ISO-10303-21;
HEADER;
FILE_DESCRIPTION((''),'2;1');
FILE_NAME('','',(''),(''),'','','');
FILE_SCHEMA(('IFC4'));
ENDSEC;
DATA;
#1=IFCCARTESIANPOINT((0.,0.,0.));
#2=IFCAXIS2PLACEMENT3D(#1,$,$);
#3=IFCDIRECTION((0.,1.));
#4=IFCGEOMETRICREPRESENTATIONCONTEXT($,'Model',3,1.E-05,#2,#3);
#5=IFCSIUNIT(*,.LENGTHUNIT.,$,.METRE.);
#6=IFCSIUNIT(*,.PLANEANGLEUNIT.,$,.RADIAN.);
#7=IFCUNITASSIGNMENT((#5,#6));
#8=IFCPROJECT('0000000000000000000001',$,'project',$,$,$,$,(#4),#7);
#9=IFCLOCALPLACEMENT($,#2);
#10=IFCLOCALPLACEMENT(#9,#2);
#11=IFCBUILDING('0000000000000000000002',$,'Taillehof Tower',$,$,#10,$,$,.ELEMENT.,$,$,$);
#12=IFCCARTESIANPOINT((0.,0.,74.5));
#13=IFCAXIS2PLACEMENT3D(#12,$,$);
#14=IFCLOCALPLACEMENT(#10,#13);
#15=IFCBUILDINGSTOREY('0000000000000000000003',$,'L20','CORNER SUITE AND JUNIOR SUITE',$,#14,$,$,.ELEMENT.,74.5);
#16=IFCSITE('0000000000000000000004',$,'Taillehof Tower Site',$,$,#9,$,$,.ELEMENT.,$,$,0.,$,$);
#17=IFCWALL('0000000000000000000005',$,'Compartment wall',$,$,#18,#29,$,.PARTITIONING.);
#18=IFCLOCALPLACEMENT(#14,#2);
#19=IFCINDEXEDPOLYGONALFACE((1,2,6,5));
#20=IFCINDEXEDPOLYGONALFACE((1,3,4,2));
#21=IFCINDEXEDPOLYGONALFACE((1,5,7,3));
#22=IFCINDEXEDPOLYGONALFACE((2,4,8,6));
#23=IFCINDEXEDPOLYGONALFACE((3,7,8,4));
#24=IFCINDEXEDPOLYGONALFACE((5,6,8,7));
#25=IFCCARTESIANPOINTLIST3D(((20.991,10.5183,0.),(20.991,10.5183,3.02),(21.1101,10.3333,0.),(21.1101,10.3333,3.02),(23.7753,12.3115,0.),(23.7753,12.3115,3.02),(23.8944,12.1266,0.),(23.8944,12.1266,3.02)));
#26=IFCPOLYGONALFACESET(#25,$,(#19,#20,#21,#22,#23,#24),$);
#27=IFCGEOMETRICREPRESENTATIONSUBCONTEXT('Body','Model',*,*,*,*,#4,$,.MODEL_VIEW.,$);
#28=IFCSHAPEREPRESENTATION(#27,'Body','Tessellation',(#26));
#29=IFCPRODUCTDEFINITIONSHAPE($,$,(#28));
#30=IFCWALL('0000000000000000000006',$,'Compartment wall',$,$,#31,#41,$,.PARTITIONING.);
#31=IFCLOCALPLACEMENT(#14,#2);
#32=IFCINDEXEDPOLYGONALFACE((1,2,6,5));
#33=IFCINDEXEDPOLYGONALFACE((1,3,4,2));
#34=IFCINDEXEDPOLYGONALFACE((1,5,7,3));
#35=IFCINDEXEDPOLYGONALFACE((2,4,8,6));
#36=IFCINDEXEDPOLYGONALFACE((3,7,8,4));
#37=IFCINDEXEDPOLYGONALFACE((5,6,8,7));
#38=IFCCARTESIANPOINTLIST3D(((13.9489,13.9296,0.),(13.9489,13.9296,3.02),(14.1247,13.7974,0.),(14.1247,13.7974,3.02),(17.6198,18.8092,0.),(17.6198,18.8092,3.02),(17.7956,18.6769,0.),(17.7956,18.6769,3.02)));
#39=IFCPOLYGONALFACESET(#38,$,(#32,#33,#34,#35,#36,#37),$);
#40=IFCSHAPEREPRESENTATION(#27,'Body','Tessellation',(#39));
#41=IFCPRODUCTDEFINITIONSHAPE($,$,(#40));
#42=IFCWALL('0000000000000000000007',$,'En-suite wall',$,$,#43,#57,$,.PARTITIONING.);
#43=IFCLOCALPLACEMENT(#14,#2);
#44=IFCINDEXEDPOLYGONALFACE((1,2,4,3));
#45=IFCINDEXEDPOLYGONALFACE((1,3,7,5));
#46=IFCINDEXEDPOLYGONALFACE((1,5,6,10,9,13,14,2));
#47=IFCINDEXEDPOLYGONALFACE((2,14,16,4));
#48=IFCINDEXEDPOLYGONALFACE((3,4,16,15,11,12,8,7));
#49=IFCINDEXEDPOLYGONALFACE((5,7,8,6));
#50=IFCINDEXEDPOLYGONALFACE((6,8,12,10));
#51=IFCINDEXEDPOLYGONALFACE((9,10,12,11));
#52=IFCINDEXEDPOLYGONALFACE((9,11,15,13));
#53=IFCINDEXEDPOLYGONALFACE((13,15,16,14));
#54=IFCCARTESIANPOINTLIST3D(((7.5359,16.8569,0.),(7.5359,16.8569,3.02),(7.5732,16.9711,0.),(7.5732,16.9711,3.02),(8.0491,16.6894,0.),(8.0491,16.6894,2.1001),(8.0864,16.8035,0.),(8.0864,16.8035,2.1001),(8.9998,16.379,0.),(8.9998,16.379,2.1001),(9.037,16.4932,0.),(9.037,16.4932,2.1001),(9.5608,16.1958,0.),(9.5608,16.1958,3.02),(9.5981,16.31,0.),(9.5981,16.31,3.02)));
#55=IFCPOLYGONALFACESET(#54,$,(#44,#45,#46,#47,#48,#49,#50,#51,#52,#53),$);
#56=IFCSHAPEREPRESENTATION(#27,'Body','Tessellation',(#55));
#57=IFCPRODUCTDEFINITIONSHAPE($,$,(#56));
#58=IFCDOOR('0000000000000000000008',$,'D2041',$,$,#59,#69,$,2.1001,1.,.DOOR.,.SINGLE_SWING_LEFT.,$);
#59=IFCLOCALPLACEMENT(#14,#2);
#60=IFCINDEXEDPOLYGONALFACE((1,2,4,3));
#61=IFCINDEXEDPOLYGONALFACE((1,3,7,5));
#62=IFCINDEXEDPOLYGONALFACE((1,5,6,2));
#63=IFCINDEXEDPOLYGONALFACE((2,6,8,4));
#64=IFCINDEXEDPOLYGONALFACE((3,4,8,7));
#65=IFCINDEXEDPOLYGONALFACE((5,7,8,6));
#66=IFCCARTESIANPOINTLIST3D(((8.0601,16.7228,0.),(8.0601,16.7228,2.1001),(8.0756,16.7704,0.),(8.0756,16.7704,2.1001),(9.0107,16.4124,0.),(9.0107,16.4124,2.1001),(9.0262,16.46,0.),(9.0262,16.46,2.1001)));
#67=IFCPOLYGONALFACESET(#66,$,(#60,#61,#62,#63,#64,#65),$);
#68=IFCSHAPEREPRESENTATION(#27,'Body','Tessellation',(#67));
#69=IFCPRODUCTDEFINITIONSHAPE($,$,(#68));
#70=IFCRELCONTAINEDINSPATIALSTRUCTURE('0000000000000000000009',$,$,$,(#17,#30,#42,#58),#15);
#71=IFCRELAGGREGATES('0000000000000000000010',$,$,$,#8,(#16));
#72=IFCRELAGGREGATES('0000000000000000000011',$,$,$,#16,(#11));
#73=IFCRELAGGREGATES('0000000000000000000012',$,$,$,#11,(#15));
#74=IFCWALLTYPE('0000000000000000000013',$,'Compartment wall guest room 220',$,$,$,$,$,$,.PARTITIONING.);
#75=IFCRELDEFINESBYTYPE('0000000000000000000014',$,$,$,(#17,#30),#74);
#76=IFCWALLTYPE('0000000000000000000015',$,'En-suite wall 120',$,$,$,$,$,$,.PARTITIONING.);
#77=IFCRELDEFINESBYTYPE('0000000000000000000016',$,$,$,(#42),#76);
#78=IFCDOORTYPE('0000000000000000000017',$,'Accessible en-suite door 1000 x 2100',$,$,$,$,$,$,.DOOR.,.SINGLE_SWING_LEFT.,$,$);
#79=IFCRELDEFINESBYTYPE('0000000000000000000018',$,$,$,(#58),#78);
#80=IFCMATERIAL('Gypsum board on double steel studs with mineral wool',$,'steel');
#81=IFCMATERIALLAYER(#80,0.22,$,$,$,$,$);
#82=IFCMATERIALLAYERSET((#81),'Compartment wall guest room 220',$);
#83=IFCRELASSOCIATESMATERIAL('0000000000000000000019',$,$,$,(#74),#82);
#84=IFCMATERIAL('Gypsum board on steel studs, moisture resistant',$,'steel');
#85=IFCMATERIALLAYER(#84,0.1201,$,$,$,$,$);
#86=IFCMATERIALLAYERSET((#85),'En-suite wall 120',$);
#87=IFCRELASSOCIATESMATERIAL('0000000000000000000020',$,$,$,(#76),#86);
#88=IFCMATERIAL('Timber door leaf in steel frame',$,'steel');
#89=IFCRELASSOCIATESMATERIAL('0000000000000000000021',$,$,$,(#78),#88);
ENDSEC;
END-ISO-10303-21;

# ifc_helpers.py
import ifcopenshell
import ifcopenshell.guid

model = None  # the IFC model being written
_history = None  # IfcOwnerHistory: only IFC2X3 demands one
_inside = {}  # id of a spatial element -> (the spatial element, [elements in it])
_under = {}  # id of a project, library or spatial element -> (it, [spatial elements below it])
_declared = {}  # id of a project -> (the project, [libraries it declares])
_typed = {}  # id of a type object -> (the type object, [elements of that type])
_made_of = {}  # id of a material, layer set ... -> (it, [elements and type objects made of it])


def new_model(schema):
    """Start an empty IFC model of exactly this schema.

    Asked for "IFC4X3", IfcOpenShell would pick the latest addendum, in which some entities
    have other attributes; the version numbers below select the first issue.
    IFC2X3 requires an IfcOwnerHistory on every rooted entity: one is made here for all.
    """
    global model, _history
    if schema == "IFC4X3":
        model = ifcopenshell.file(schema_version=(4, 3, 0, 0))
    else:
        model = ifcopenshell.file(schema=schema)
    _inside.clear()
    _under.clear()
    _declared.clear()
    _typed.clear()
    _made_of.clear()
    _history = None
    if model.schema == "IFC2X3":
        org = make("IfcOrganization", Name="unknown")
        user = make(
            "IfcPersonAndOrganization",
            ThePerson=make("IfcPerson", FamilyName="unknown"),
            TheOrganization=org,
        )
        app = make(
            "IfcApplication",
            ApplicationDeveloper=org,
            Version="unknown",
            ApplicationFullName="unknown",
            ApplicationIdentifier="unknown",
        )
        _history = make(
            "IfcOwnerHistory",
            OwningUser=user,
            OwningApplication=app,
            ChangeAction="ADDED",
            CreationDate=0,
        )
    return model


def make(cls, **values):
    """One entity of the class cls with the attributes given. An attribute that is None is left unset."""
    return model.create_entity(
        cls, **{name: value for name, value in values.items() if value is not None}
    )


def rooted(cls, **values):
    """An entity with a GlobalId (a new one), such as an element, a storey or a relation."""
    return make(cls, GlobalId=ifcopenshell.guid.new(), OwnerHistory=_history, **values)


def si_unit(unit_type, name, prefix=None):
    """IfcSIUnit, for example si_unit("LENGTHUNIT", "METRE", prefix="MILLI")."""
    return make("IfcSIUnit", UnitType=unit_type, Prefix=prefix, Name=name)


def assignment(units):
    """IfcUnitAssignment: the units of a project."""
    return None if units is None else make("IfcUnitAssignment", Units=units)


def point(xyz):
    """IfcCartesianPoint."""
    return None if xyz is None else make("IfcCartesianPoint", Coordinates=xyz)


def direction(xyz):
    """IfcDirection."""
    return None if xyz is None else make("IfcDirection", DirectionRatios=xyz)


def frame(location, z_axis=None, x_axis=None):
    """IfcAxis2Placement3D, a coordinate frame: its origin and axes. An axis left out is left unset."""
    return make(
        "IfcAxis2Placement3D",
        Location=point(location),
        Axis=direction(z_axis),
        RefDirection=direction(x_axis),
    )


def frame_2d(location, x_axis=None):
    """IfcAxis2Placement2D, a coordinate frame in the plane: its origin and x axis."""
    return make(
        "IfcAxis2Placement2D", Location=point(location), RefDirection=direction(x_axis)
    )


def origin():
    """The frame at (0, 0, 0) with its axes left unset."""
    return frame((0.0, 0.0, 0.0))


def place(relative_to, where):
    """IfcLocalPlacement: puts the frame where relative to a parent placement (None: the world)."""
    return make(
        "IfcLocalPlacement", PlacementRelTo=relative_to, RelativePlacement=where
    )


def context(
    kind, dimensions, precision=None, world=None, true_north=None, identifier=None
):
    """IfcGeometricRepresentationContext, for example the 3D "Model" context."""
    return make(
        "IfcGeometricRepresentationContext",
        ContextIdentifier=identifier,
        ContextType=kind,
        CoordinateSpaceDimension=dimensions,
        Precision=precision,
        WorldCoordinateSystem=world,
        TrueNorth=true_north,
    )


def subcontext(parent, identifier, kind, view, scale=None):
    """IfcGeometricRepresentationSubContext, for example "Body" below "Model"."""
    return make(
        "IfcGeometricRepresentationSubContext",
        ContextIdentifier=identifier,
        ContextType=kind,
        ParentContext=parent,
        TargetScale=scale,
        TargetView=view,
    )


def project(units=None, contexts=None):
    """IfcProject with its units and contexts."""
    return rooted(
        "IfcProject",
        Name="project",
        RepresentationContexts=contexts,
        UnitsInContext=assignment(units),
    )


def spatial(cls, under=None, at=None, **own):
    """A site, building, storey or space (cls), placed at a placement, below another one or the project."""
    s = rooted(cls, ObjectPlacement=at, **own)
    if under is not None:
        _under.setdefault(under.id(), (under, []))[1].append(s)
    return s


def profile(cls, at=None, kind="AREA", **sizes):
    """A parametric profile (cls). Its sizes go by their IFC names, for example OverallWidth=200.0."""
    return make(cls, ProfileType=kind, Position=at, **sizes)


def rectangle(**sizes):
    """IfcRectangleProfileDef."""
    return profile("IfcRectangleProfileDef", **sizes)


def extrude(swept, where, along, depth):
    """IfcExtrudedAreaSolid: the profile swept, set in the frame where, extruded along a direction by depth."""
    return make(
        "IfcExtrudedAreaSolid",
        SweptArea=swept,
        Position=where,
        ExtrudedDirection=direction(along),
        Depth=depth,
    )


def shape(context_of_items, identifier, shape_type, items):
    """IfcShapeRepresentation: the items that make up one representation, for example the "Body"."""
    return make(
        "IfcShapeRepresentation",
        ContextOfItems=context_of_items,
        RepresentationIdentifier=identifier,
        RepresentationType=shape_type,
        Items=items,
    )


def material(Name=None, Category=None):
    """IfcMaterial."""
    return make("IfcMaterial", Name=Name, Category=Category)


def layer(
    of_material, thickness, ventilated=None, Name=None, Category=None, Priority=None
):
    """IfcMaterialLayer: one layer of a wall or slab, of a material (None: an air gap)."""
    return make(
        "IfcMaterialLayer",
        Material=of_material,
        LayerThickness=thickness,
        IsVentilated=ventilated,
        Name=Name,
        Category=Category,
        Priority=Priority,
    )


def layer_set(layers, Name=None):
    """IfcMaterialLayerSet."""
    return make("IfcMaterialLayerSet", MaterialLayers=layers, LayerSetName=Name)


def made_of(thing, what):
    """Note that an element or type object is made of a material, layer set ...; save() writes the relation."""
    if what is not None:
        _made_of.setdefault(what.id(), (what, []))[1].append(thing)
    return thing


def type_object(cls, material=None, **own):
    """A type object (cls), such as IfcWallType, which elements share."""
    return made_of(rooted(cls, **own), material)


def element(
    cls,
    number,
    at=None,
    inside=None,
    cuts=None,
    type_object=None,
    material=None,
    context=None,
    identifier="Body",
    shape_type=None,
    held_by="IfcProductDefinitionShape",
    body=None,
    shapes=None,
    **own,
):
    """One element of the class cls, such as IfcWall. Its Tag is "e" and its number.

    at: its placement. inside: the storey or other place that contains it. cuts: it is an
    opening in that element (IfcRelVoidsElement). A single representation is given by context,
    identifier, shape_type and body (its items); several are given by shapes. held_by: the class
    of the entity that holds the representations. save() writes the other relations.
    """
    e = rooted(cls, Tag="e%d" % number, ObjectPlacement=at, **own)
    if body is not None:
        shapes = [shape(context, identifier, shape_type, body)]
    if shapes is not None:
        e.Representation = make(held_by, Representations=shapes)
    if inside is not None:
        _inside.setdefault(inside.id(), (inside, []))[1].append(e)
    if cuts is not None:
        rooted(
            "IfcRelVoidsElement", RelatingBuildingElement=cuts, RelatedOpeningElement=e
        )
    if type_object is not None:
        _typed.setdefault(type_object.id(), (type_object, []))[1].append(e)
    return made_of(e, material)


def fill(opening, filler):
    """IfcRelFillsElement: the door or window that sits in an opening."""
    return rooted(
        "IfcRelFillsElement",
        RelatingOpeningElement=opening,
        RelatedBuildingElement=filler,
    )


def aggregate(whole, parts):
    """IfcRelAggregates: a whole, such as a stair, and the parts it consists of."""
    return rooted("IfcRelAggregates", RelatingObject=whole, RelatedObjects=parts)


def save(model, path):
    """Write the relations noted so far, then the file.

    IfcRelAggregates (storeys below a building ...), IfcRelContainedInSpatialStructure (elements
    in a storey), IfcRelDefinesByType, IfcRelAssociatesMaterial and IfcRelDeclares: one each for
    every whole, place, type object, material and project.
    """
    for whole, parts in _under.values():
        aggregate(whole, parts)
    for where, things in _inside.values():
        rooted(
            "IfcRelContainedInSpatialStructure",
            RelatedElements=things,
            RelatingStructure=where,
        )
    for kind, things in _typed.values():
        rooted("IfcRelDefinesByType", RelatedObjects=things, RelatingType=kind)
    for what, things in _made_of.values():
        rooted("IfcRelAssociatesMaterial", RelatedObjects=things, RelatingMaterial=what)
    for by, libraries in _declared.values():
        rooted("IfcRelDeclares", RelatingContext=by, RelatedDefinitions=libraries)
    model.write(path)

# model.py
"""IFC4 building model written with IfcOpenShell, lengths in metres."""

from ifc_helpers import new_model, si_unit, direction, frame, frame_2d, origin, place, context, subcontext, project, spatial, rectangle, extrude, material, layer, layer_set, type_object, element, fill, save


model = new_model("IFC4")

# Units and contexts
model_context = context("Model", 3, precision=1e-05, world=origin(), true_north=direction((0.0, 1.0)))
body_context = subcontext(model_context, "Body", "Model", "MODEL_VIEW")
ifc_project = project(units=[si_unit("LENGTHUNIT", "METRE"), si_unit("PLANEANGLEUNIT", "RADIAN")], contexts=[model_context])

# Site, building, storey
site_placement = place(None, origin())
site = spatial("IfcSite", under=ifc_project, at=site_placement, Name="Taillehof Tower Site", CompositionType="ELEMENT", RefElevation=0.0)
building_placement = place(site_placement, origin())
building = spatial("IfcBuilding", under=site, at=building_placement, Name="Taillehof Tower", CompositionType="ELEMENT")
storey_placement = place(building_placement, frame((0.0, 0.0, 74.5)))
storey = spatial("IfcBuildingStorey", under=building, at=storey_placement, Name="L20", Description="CORNER SUITE AND JUNIOR SUITE", CompositionType="ELEMENT", Elevation=74.5)

# Walls
ifc_material_1 = material(Name="Gypsum board on double steel studs with mineral wool", Category="steel")
ifc_layer_1 = layer(ifc_material_1, 0.22)
ifc_layer_set_1 = layer_set([ifc_layer_1], Name="Compartment wall guest room 220")
wall_type_1 = type_object("IfcWallType", Name="Compartment wall guest room 220", PredefinedType="PARTITIONING", material=ifc_layer_set_1)
wall_1_placement = place(storey_placement, frame((23.8347, 12.219, 0.0), z_axis=(0.0, 0.0, 1.0), x_axis=(-0.840713, -0.54148, 0.0)))
element("IfcWall", 1, at=wall_1_placement, inside=storey, type_object=wall_type_1, Name="Compartment wall", PredefinedType="PARTITIONING", context=body_context, shape_type="SweptSolid", body=[
    extrude(rectangle(XDim=3.3118, YDim=0.22, at=frame_2d((1.6558, 0.0))), origin(), (0.0, 0.0, 1.0), 3.02),
])
wall_2_placement = place(storey_placement, frame((17.7078, 18.7432, 0.0), z_axis=(0.0, 0.0, 1.0), x_axis=(-0.60117, -0.799121, 0.0)))
element("IfcWall", 2, at=wall_2_placement, inside=storey, type_object=wall_type_1, Name="Compartment wall", PredefinedType="PARTITIONING", context=body_context, shape_type="SweptSolid", body=[
    extrude(rectangle(XDim=6.1062, YDim=0.22, at=frame_2d((3.0532, 0.0))), origin(), (0.0, 0.0, 1.0), 3.02),
])

# Wall, opening, door
ifc_material_2 = material(Name="Gypsum board on steel studs, moisture resistant", Category="steel")
ifc_layer_2 = layer(ifc_material_2, 0.1201)
ifc_layer_set_2 = layer_set([ifc_layer_2], Name="En-suite wall 120")
wall_type_2 = type_object("IfcWallType", Name="En-suite wall 120", PredefinedType="PARTITIONING", material=ifc_layer_set_2)
wall_3_placement = place(storey_placement, frame((9.5793, 16.2529, 0.0), z_axis=(0.0, 0.0, 1.0), x_axis=(-0.950614, 0.310376, 0.0)))
wall_3 = element("IfcWall", 3, at=wall_3_placement, inside=storey, type_object=wall_type_2, Name="En-suite wall", PredefinedType="PARTITIONING", context=body_context, shape_type="SweptSolid", body=[
    extrude(rectangle(XDim=2.1301, YDim=0.1201, at=frame_2d((1.0649, 0.0))), origin(), (0.0, 0.0, 1.0), 3.02),
])
opening_1_placement = place(wall_3_placement, frame((0.5901, 0.0, 0.0)))
opening_1 = element("IfcOpeningElement", 4, at=opening_1_placement, cuts=wall_3, PredefinedType="OPENING", context=body_context, shape_type="SweptSolid", body=[
    extrude(rectangle(XDim=1.0, YDim=2.1001, at=frame_2d((0.5, 1.05))), frame((0.0, 0.0701, 0.0), z_axis=(0.0, -1.0, 0.0), x_axis=(1.0, 0.0, 0.0)), (0.0, 0.0, 1.0), 0.1401),
])
ifc_material_3 = material(Name="Timber door leaf in steel frame", Category="steel")
door_type_1 = type_object("IfcDoorType", Name="Accessible en-suite door 1000 x 2100", OperationType="SINGLE_SWING_LEFT", PredefinedType="DOOR", material=ifc_material_3)
door_1_placement = place(opening_1_placement, origin())
door_1 = element("IfcDoor", 5, at=door_1_placement, inside=storey, type_object=door_type_1, Name="D2041", OperationType="SINGLE_SWING_LEFT", OverallHeight=2.1001, OverallWidth=1.0, PredefinedType="DOOR", context=body_context, shape_type="SweptSolid", body=[
    extrude(rectangle(XDim=1.0, YDim=2.1001, at=frame_2d((0.5, 1.05))), frame((0.0, 0.0249, 0.0), z_axis=(0.0, -1.0, 0.0), x_axis=(1.0, 0.0, 0.0)), (0.0, 0.0, 1.0), 0.05),
])
fill(opening_1, door_1)

save(model, "model.ifc")
